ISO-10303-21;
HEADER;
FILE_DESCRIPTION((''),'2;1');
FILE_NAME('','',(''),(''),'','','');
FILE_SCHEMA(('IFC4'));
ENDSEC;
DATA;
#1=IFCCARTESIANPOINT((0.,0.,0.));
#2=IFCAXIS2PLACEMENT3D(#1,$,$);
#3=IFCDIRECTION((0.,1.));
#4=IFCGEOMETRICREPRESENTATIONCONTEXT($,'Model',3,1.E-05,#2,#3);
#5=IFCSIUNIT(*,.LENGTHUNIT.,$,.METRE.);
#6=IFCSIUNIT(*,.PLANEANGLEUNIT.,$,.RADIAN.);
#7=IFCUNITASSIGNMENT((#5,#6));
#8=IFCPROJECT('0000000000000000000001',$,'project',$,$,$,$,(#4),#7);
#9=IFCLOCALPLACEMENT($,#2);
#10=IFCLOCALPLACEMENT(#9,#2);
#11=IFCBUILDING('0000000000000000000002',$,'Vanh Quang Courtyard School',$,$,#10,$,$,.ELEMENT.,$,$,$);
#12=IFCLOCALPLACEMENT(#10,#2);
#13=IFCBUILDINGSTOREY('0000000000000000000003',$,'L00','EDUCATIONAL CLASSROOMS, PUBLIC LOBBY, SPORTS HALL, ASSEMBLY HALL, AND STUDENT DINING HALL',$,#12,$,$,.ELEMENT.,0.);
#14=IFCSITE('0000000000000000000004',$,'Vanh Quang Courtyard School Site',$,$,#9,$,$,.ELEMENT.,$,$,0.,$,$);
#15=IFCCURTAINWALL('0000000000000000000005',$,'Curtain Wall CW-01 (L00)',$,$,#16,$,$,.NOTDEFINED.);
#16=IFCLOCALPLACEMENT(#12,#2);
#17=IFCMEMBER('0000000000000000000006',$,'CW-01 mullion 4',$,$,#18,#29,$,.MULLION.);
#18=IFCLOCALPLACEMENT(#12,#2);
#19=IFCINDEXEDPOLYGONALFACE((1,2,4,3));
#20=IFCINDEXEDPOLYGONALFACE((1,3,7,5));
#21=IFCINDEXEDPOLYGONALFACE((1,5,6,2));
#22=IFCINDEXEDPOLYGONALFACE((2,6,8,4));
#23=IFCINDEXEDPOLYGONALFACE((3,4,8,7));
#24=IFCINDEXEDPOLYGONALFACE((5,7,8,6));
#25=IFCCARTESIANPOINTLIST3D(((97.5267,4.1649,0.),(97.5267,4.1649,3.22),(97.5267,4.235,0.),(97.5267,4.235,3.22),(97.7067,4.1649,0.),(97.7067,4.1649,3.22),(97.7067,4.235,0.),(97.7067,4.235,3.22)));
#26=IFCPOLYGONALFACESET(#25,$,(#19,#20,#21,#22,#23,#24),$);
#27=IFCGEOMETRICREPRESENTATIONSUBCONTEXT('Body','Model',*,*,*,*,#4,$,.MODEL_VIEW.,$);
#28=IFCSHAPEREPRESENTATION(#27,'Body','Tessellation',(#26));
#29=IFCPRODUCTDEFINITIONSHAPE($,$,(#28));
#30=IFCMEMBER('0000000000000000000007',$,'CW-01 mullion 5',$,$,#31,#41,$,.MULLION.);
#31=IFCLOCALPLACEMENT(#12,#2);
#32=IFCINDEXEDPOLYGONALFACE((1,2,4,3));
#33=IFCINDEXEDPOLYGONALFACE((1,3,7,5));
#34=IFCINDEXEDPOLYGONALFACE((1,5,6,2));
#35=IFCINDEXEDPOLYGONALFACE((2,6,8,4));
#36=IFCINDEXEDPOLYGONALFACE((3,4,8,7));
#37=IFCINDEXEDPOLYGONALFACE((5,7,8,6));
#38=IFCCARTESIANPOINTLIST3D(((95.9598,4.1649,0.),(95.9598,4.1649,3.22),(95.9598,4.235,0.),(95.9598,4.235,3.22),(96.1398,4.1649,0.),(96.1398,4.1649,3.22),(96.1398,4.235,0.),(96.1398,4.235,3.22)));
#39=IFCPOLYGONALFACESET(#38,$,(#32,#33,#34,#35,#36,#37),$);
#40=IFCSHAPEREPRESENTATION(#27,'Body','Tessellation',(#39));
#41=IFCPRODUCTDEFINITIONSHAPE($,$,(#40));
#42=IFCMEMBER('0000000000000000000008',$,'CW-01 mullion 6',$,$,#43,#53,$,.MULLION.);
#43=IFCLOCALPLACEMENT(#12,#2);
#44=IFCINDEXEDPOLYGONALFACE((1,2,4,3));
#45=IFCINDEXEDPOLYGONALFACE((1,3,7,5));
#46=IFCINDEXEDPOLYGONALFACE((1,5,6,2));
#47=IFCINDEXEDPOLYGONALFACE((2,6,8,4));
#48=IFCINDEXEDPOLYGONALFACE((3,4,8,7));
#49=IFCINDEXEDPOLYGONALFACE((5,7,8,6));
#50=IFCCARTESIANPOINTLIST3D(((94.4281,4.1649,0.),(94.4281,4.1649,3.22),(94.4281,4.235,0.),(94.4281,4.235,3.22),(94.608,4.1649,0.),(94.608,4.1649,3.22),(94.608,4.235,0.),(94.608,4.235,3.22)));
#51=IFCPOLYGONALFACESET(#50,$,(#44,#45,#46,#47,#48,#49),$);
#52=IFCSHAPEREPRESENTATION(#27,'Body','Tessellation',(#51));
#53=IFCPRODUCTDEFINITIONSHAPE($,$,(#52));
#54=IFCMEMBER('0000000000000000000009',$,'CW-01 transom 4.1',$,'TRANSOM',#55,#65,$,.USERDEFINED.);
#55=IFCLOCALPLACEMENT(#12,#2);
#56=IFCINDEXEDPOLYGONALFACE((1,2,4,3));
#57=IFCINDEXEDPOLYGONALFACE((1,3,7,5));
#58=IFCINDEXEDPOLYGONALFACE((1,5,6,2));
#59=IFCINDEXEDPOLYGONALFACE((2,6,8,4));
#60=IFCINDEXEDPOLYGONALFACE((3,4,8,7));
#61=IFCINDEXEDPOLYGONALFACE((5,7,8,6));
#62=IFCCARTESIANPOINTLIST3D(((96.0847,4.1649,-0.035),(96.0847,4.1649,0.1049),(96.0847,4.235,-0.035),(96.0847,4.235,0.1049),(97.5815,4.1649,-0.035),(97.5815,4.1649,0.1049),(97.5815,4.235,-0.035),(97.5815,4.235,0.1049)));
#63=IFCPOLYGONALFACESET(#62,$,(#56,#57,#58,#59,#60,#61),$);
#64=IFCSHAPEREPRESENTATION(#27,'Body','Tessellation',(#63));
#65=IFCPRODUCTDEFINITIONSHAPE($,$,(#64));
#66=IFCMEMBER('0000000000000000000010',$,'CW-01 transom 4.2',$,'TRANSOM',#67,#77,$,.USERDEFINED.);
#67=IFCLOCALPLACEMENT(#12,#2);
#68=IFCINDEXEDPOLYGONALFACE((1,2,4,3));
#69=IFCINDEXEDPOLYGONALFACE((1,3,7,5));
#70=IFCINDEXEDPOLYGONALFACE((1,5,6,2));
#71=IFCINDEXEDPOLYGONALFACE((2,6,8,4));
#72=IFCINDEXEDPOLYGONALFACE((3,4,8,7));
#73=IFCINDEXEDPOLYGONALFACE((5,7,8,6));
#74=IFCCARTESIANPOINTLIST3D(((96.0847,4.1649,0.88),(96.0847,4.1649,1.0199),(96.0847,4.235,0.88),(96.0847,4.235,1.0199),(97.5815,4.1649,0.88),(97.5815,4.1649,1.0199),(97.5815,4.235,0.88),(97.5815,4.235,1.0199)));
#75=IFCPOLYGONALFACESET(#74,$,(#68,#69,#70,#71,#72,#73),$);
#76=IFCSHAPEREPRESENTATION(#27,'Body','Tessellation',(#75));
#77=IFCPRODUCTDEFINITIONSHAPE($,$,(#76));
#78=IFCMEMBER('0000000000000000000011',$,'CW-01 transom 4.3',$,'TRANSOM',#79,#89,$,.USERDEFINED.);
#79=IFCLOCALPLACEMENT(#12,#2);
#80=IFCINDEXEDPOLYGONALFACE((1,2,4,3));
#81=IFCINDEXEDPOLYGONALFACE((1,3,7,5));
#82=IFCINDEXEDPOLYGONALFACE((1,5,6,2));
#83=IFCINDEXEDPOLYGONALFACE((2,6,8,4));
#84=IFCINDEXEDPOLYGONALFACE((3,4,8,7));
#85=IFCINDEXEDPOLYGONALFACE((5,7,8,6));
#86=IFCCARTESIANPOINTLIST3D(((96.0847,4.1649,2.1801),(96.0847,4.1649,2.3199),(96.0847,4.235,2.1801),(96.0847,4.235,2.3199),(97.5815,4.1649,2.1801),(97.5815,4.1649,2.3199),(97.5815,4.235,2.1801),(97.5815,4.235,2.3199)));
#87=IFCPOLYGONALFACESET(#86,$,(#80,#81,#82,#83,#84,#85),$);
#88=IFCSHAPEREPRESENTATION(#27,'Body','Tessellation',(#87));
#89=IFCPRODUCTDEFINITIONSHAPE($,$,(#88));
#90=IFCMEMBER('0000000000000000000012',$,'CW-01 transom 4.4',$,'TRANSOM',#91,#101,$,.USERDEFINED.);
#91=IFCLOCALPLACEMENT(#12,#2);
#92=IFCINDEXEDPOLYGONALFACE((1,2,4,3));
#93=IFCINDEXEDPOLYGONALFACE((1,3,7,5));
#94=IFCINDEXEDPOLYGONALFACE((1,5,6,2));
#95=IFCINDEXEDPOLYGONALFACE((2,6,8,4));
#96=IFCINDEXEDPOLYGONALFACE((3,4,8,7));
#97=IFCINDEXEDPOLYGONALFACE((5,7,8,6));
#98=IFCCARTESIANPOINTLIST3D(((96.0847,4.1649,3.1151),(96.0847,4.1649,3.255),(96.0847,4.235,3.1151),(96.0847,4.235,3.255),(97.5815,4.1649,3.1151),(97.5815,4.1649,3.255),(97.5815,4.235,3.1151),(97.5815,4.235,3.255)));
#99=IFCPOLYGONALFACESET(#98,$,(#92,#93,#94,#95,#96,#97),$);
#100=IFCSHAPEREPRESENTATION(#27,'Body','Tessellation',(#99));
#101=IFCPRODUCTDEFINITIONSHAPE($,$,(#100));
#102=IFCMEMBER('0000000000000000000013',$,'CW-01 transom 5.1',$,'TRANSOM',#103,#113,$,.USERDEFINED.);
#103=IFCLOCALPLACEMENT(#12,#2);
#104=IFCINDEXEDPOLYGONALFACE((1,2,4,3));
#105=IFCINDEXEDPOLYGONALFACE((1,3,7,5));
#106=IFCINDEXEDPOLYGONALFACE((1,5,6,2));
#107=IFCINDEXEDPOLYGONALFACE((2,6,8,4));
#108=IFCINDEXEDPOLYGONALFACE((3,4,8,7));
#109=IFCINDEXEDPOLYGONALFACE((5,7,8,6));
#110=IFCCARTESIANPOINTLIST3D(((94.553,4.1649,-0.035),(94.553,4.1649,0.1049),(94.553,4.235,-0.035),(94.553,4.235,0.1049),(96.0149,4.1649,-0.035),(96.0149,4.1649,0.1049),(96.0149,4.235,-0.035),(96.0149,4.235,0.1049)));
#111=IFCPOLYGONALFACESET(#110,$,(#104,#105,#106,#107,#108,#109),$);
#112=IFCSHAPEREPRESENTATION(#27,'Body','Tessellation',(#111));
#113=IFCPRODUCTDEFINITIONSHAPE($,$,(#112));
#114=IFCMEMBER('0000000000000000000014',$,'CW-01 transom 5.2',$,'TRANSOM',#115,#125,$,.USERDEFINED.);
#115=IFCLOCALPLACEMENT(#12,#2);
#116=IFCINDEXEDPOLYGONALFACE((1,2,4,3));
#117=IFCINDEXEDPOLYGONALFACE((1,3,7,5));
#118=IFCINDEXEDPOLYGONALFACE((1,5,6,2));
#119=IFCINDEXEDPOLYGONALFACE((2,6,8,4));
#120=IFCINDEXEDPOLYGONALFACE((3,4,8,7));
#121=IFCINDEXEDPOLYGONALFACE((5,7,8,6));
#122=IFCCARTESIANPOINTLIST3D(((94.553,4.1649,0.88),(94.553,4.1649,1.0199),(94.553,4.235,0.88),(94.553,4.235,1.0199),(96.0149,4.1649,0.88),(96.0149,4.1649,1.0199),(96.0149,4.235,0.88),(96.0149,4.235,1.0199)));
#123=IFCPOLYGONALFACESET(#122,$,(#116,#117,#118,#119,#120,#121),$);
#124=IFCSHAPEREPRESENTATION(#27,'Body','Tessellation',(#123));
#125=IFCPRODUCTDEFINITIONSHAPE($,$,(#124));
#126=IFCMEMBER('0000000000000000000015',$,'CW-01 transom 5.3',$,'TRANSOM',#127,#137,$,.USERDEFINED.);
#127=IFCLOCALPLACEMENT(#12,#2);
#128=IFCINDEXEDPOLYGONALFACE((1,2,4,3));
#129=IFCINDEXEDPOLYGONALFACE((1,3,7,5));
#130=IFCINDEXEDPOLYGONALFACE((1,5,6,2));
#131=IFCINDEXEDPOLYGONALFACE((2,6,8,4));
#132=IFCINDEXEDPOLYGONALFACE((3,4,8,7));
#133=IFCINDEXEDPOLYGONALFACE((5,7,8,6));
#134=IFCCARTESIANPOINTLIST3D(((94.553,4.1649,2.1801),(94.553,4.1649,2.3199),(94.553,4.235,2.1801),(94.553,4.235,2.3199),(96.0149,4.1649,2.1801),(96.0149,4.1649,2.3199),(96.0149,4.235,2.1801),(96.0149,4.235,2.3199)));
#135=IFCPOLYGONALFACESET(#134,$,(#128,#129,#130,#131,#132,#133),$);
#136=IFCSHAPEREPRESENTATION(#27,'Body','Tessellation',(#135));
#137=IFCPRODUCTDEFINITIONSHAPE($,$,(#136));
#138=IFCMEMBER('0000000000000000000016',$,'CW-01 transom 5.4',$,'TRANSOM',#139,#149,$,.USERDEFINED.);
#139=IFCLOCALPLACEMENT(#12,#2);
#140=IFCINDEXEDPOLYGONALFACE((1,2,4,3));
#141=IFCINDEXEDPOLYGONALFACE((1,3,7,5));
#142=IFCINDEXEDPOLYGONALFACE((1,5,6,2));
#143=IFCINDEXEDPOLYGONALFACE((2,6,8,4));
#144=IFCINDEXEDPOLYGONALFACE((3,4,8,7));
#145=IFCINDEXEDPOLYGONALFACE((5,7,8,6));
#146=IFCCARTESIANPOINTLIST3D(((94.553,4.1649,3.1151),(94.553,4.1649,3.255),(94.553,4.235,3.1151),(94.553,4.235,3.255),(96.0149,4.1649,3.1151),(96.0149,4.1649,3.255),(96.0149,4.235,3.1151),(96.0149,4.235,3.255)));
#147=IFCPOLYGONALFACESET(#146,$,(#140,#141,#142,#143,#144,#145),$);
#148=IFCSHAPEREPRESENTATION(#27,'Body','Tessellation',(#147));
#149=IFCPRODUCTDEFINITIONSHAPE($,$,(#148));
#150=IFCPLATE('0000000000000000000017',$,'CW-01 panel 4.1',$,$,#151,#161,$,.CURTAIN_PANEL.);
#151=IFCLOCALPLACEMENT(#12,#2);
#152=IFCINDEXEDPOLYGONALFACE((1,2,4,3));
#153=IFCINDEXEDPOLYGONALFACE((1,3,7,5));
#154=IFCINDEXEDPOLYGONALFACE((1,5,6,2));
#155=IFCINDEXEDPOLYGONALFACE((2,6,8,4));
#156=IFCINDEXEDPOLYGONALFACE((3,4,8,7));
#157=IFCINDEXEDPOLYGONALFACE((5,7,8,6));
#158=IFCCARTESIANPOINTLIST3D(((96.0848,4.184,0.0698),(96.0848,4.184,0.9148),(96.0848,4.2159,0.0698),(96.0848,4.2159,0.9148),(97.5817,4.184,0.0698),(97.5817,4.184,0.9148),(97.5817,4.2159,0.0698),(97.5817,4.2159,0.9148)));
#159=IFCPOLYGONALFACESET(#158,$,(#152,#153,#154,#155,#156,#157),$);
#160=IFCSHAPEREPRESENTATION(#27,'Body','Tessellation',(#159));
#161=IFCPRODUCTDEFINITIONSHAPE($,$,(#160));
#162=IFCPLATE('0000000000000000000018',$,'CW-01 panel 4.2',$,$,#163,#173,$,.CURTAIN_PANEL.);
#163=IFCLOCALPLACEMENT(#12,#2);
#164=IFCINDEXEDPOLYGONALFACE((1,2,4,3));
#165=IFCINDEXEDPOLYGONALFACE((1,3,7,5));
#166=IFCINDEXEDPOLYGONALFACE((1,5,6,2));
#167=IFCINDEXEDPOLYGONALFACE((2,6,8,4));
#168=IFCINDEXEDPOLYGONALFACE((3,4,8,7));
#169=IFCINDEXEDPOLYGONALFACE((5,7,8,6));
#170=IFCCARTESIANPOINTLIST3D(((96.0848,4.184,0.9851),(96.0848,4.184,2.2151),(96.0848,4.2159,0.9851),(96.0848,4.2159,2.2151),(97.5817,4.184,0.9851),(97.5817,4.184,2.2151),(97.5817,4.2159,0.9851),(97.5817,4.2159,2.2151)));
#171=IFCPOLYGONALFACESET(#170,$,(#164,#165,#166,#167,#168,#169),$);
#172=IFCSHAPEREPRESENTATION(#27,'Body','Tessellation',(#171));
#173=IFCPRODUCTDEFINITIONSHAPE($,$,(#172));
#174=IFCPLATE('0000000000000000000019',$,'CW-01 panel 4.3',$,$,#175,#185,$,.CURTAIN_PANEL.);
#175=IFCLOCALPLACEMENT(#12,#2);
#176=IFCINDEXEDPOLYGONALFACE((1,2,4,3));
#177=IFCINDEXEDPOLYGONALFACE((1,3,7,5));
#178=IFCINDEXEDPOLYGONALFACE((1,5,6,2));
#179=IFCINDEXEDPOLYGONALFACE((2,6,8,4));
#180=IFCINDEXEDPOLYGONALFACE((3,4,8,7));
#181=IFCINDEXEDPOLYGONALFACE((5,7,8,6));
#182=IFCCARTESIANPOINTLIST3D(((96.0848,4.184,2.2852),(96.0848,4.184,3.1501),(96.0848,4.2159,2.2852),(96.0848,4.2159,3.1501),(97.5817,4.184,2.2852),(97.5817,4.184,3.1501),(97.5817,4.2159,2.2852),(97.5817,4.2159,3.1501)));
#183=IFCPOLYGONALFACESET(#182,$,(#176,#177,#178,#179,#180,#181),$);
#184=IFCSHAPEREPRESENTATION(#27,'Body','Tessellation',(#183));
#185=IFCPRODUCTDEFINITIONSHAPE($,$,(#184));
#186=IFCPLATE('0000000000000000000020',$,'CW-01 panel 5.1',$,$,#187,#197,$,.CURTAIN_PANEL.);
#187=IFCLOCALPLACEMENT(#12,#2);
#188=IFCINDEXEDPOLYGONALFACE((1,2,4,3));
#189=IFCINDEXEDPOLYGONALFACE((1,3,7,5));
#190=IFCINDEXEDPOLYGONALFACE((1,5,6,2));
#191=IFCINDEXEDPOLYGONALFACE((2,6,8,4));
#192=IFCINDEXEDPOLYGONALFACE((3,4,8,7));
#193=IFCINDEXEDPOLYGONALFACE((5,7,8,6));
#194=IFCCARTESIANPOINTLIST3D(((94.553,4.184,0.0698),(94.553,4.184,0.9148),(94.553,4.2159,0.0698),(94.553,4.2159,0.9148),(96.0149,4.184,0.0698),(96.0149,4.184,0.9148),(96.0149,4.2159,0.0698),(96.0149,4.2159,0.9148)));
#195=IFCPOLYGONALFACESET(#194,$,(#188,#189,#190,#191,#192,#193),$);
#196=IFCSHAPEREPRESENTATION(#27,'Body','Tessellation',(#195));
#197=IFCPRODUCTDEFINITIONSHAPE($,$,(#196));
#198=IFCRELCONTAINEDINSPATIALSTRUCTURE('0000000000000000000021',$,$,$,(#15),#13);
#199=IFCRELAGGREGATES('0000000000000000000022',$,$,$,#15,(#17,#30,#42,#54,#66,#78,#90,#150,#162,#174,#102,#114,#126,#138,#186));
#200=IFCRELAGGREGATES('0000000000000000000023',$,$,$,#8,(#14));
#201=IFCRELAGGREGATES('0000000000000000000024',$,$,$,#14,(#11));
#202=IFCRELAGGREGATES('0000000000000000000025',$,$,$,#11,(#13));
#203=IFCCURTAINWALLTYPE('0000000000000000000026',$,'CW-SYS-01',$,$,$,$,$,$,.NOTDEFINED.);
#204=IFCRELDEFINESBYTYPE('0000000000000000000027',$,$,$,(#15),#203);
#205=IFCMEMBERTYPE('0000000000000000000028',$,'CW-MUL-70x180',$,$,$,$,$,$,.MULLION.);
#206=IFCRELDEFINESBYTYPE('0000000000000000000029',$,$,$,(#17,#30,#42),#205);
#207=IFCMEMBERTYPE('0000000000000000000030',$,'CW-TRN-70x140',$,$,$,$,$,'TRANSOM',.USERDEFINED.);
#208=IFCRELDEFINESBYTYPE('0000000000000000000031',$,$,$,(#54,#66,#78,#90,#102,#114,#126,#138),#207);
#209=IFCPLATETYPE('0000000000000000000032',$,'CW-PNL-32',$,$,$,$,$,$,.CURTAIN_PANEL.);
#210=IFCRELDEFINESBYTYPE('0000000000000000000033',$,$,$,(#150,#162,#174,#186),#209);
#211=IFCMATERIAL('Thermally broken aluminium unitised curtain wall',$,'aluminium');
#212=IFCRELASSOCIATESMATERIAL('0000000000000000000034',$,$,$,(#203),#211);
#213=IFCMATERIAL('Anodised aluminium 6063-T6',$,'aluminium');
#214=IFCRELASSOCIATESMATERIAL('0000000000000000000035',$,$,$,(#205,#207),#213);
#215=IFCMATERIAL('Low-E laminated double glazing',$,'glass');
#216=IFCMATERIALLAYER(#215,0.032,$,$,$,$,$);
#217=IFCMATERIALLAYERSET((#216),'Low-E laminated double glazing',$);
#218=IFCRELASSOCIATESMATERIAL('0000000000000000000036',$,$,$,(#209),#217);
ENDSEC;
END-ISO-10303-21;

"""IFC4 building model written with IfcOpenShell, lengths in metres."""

from ifc_helpers import new_model, si_unit, direction, frame, origin, origin_2d, place, context, subcontext, project, spatial, rectangle, extrude, material, layer, layer_set, material_profile, profile_set, type_object, element, aggregate, save


model = new_model("IFC4")

# Units and contexts
model_context = context("Model", 3, precision=1e-05, world=origin(), true_north=direction((0.0, 1.0)))
body_context = subcontext(model_context, "Body", "Model", "MODEL_VIEW")
ifc_project = project(units=[si_unit("LENGTHUNIT", "METRE"), si_unit("PLANEANGLEUNIT", "RADIAN")], contexts=[model_context])

# Site, building, storey
site_placement = place(None, origin())
site = spatial("IfcSite", under=ifc_project, at=site_placement, Name="Vanh Quang Courtyard School Site", CompositionType="ELEMENT", RefElevation=0.0)
building_placement = place(site_placement, origin())
building = spatial("IfcBuilding", under=site, at=building_placement, Name="Vanh Quang Courtyard School", CompositionType="ELEMENT")
storey_placement = place(building_placement, origin())
storey = spatial("IfcBuildingStorey", under=building, at=storey_placement, Name="L00", Description="EDUCATIONAL CLASSROOMS, PUBLIC LOBBY, SPORTS HALL, ASSEMBLY HALL, AND STUDENT DINING HALL", CompositionType="ELEMENT", Elevation=0.0)

# Curtain wall, members, plates
ifc_material_1 = material(Name="Thermally broken aluminium unitised curtain wall", Category="aluminium")
curtain_wall_type = type_object("IfcCurtainWallType", Name="CW-SYS-01", PredefinedType="NOTDEFINED", material=ifc_material_1)
curtain_wall_placement = place(storey_placement, origin())
curtain_wall = element("IfcCurtainWall", 1, at=curtain_wall_placement, inside=storey, type_object=curtain_wall_type, Name="Curtain Wall CW-01 (L00)", PredefinedType="NOTDEFINED")
ifc_material_2 = material(Name="Anodised aluminium 6063-T6", Category="aluminium")
ifc_material_profile_1 = material_profile(ifc_material_2, rectangle(XDim=0.0701, YDim=0.1799, at=origin_2d()), Name="ALU-MUL 70x180")
ifc_profile_set_1 = profile_set([ifc_material_profile_1], Name="Anodised aluminium 6063-T6")
member_type_1 = type_object("IfcMemberType", Name="CW-MUL-70x180", PredefinedType="MULLION", material=ifc_profile_set_1)
member_1_placement = place(storey_placement, frame((97.6167, 4.2, 0.0), z_axis=(0.0, 0.0, 1.0), x_axis=(0.0, -1.0, 0.0)))
member_1 = element("IfcMember", 2, at=member_1_placement, type_object=member_type_1, Name="CW-01 mullion 4", PredefinedType="MULLION", context=body_context, shape_type="SweptSolid", body=[
    extrude(rectangle(XDim=0.0701, YDim=0.1799, at=origin_2d()), origin(), (0.0, 0.0, 1.0), 3.22),
])
member_2_placement = place(storey_placement, frame((96.0498, 4.2, 0.0), z_axis=(0.0, 0.0, 1.0), x_axis=(0.0, -1.0, 0.0)))
member_2 = element("IfcMember", 3, at=member_2_placement, type_object=member_type_1, Name="CW-01 mullion 5", PredefinedType="MULLION", context=body_context, shape_type="SweptSolid", body=[
    extrude(rectangle(XDim=0.0701, YDim=0.1799, at=origin_2d()), origin(), (0.0, 0.0, 1.0), 3.22),
])
member_3_placement = place(storey_placement, frame((94.5181, 4.2, 0.0), z_axis=(0.0, 0.0, 1.0), x_axis=(0.0, -1.0, 0.0)))
member_3 = element("IfcMember", 4, at=member_3_placement, type_object=member_type_1, Name="CW-01 mullion 6", PredefinedType="MULLION", context=body_context, shape_type="SweptSolid", body=[
    extrude(rectangle(XDim=0.0701, YDim=0.1799, at=origin_2d()), origin(), (0.0, 0.0, 1.0), 3.22),
])
ifc_material_profile_2 = material_profile(ifc_material_2, rectangle(XDim=0.0701, YDim=0.1399, at=origin_2d()), Name="ALU-TRN 70x140")
ifc_profile_set_2 = profile_set([ifc_material_profile_2], Name="Anodised aluminium 6063-T6")
member_type_2 = type_object("IfcMemberType", Name="CW-TRN-70x140", ElementType="TRANSOM", PredefinedType="USERDEFINED", material=ifc_profile_set_2)
member_4_placement = place(storey_placement, frame((97.5815, 4.2, 0.0349), z_axis=(-1.0, 0.0, 0.0), x_axis=(0.0, -1.0, 0.0)))
member_4 = element("IfcMember", 5, at=member_4_placement, type_object=member_type_2, Name="CW-01 transom 4.1", ObjectType="TRANSOM", PredefinedType="USERDEFINED", context=body_context, shape_type="SweptSolid", body=[
    extrude(rectangle(XDim=0.0701, YDim=0.1399, at=origin_2d()), origin(), (0.0, 0.0, 1.0), 1.4968),
])
member_5_placement = place(storey_placement, frame((97.5815, 4.2, 0.95), z_axis=(-1.0, 0.0, 0.0), x_axis=(0.0, -1.0, 0.0)))
member_5 = element("IfcMember", 6, at=member_5_placement, type_object=member_type_2, Name="CW-01 transom 4.2", ObjectType="TRANSOM", PredefinedType="USERDEFINED", context=body_context, shape_type="SweptSolid", body=[
    extrude(rectangle(XDim=0.0701, YDim=0.1399, at=origin_2d()), origin(), (0.0, 0.0, 1.0), 1.4968),
])
member_6_placement = place(storey_placement, frame((97.5815, 4.2, 2.25), z_axis=(-1.0, 0.0, 0.0), x_axis=(0.0, -1.0, 0.0)))
member_6 = element("IfcMember", 7, at=member_6_placement, type_object=member_type_2, Name="CW-01 transom 4.3", ObjectType="TRANSOM", PredefinedType="USERDEFINED", context=body_context, shape_type="SweptSolid", body=[
    extrude(rectangle(XDim=0.0701, YDim=0.1399, at=origin_2d()), origin(), (0.0, 0.0, 1.0), 1.4968),
])
member_7_placement = place(storey_placement, frame((97.5815, 4.2, 3.1851), z_axis=(-1.0, 0.0, 0.0), x_axis=(0.0, -1.0, 0.0)))
member_7 = element("IfcMember", 8, at=member_7_placement, type_object=member_type_2, Name="CW-01 transom 4.4", ObjectType="TRANSOM", PredefinedType="USERDEFINED", context=body_context, shape_type="SweptSolid", body=[
    extrude(rectangle(XDim=0.0701, YDim=0.1399, at=origin_2d()), origin(), (0.0, 0.0, 1.0), 1.4968),
])
member_8_placement = place(storey_placement, frame((96.0149, 4.2, 0.0349), z_axis=(-1.0, 0.0, 0.0), x_axis=(0.0, -1.0, 0.0)))
member_8 = element("IfcMember", 9, at=member_8_placement, type_object=member_type_2, Name="CW-01 transom 5.1", ObjectType="TRANSOM", PredefinedType="USERDEFINED", context=body_context, shape_type="SweptSolid", body=[
    extrude(rectangle(XDim=0.0701, YDim=0.1399, at=origin_2d()), origin(), (0.0, 0.0, 1.0), 1.4619),
])
member_9_placement = place(storey_placement, frame((96.0149, 4.2, 0.95), z_axis=(-1.0, 0.0, 0.0), x_axis=(0.0, -1.0, 0.0)))
member_9 = element("IfcMember", 10, at=member_9_placement, type_object=member_type_2, Name="CW-01 transom 5.2", ObjectType="TRANSOM", PredefinedType="USERDEFINED", context=body_context, shape_type="SweptSolid", body=[
    extrude(rectangle(XDim=0.0701, YDim=0.1399, at=origin_2d()), origin(), (0.0, 0.0, 1.0), 1.4619),
])
member_10_placement = place(storey_placement, frame((96.0149, 4.2, 2.25), z_axis=(-1.0, 0.0, 0.0), x_axis=(0.0, -1.0, 0.0)))
member_10 = element("IfcMember", 11, at=member_10_placement, type_object=member_type_2, Name="CW-01 transom 5.3", ObjectType="TRANSOM", PredefinedType="USERDEFINED", context=body_context, shape_type="SweptSolid", body=[
    extrude(rectangle(XDim=0.0701, YDim=0.1399, at=origin_2d()), origin(), (0.0, 0.0, 1.0), 1.4619),
])
member_11_placement = place(storey_placement, frame((96.0149, 4.2, 3.1851), z_axis=(-1.0, 0.0, 0.0), x_axis=(0.0, -1.0, 0.0)))
member_11 = element("IfcMember", 12, at=member_11_placement, type_object=member_type_2, Name="CW-01 transom 5.4", ObjectType="TRANSOM", PredefinedType="USERDEFINED", context=body_context, shape_type="SweptSolid", body=[
    extrude(rectangle(XDim=0.0701, YDim=0.1399, at=origin_2d()), origin(), (0.0, 0.0, 1.0), 1.4619),
])
ifc_material_3 = material(Name="Low-E laminated double glazing", Category="glass")
ifc_layer_1 = layer(ifc_material_3, 0.032)
ifc_layer_set_1 = layer_set([ifc_layer_1], Name="Low-E laminated double glazing")
plate_type = type_object("IfcPlateType", Name="CW-PNL-32", PredefinedType="CURTAIN_PANEL", material=ifc_layer_set_1)
plate_1_placement = place(storey_placement, frame((96.8333, 4.2, 0.0698), z_axis=(0.0, 0.0, 1.0), x_axis=(-1.0, 0.0, 0.0)))
plate_1 = element("IfcPlate", 13, at=plate_1_placement, type_object=plate_type, Name="CW-01 panel 4.1", PredefinedType="CURTAIN_PANEL", context=body_context, shape_type="SweptSolid", body=[
    extrude(rectangle(XDim=1.4968, YDim=0.032, at=origin_2d()), origin(), (0.0, 0.0, 1.0), 0.845),
])
plate_2_placement = place(storey_placement, frame((96.8333, 4.2, 0.9851), z_axis=(0.0, 0.0, 1.0), x_axis=(-1.0, 0.0, 0.0)))
plate_2 = element("IfcPlate", 14, at=plate_2_placement, type_object=plate_type, Name="CW-01 panel 4.2", PredefinedType="CURTAIN_PANEL", context=body_context, shape_type="SweptSolid", body=[
    extrude(rectangle(XDim=1.4968, YDim=0.032, at=origin_2d()), origin(), (0.0, 0.0, 1.0), 1.23),
])
plate_3_placement = place(storey_placement, frame((96.8333, 4.2, 2.2852), z_axis=(0.0, 0.0, 1.0), x_axis=(-1.0, 0.0, 0.0)))
plate_3 = element("IfcPlate", 15, at=plate_3_placement, type_object=plate_type, Name="CW-01 panel 4.3", PredefinedType="CURTAIN_PANEL", context=body_context, shape_type="SweptSolid", body=[
    extrude(rectangle(XDim=1.4968, YDim=0.032, at=origin_2d()), origin(), (0.0, 0.0, 1.0), 0.865),
])
plate_4_placement = place(storey_placement, frame((95.2839, 4.2, 0.0698), z_axis=(0.0, 0.0, 1.0), x_axis=(-1.0, 0.0, 0.0)))
plate_4 = element("IfcPlate", 16, at=plate_4_placement, type_object=plate_type, Name="CW-01 panel 5.1", PredefinedType="CURTAIN_PANEL", context=body_context, shape_type="SweptSolid", body=[
    extrude(rectangle(XDim=1.4619, YDim=0.032, at=origin_2d()), origin(), (0.0, 0.0, 1.0), 0.845),
])
aggregate(curtain_wall, [member_1, member_2, member_3, member_4, member_5, member_6, member_7, plate_1, plate_2, plate_3, member_8, member_9, member_10, member_11, plate_4])

save(model, "model.ifc")
